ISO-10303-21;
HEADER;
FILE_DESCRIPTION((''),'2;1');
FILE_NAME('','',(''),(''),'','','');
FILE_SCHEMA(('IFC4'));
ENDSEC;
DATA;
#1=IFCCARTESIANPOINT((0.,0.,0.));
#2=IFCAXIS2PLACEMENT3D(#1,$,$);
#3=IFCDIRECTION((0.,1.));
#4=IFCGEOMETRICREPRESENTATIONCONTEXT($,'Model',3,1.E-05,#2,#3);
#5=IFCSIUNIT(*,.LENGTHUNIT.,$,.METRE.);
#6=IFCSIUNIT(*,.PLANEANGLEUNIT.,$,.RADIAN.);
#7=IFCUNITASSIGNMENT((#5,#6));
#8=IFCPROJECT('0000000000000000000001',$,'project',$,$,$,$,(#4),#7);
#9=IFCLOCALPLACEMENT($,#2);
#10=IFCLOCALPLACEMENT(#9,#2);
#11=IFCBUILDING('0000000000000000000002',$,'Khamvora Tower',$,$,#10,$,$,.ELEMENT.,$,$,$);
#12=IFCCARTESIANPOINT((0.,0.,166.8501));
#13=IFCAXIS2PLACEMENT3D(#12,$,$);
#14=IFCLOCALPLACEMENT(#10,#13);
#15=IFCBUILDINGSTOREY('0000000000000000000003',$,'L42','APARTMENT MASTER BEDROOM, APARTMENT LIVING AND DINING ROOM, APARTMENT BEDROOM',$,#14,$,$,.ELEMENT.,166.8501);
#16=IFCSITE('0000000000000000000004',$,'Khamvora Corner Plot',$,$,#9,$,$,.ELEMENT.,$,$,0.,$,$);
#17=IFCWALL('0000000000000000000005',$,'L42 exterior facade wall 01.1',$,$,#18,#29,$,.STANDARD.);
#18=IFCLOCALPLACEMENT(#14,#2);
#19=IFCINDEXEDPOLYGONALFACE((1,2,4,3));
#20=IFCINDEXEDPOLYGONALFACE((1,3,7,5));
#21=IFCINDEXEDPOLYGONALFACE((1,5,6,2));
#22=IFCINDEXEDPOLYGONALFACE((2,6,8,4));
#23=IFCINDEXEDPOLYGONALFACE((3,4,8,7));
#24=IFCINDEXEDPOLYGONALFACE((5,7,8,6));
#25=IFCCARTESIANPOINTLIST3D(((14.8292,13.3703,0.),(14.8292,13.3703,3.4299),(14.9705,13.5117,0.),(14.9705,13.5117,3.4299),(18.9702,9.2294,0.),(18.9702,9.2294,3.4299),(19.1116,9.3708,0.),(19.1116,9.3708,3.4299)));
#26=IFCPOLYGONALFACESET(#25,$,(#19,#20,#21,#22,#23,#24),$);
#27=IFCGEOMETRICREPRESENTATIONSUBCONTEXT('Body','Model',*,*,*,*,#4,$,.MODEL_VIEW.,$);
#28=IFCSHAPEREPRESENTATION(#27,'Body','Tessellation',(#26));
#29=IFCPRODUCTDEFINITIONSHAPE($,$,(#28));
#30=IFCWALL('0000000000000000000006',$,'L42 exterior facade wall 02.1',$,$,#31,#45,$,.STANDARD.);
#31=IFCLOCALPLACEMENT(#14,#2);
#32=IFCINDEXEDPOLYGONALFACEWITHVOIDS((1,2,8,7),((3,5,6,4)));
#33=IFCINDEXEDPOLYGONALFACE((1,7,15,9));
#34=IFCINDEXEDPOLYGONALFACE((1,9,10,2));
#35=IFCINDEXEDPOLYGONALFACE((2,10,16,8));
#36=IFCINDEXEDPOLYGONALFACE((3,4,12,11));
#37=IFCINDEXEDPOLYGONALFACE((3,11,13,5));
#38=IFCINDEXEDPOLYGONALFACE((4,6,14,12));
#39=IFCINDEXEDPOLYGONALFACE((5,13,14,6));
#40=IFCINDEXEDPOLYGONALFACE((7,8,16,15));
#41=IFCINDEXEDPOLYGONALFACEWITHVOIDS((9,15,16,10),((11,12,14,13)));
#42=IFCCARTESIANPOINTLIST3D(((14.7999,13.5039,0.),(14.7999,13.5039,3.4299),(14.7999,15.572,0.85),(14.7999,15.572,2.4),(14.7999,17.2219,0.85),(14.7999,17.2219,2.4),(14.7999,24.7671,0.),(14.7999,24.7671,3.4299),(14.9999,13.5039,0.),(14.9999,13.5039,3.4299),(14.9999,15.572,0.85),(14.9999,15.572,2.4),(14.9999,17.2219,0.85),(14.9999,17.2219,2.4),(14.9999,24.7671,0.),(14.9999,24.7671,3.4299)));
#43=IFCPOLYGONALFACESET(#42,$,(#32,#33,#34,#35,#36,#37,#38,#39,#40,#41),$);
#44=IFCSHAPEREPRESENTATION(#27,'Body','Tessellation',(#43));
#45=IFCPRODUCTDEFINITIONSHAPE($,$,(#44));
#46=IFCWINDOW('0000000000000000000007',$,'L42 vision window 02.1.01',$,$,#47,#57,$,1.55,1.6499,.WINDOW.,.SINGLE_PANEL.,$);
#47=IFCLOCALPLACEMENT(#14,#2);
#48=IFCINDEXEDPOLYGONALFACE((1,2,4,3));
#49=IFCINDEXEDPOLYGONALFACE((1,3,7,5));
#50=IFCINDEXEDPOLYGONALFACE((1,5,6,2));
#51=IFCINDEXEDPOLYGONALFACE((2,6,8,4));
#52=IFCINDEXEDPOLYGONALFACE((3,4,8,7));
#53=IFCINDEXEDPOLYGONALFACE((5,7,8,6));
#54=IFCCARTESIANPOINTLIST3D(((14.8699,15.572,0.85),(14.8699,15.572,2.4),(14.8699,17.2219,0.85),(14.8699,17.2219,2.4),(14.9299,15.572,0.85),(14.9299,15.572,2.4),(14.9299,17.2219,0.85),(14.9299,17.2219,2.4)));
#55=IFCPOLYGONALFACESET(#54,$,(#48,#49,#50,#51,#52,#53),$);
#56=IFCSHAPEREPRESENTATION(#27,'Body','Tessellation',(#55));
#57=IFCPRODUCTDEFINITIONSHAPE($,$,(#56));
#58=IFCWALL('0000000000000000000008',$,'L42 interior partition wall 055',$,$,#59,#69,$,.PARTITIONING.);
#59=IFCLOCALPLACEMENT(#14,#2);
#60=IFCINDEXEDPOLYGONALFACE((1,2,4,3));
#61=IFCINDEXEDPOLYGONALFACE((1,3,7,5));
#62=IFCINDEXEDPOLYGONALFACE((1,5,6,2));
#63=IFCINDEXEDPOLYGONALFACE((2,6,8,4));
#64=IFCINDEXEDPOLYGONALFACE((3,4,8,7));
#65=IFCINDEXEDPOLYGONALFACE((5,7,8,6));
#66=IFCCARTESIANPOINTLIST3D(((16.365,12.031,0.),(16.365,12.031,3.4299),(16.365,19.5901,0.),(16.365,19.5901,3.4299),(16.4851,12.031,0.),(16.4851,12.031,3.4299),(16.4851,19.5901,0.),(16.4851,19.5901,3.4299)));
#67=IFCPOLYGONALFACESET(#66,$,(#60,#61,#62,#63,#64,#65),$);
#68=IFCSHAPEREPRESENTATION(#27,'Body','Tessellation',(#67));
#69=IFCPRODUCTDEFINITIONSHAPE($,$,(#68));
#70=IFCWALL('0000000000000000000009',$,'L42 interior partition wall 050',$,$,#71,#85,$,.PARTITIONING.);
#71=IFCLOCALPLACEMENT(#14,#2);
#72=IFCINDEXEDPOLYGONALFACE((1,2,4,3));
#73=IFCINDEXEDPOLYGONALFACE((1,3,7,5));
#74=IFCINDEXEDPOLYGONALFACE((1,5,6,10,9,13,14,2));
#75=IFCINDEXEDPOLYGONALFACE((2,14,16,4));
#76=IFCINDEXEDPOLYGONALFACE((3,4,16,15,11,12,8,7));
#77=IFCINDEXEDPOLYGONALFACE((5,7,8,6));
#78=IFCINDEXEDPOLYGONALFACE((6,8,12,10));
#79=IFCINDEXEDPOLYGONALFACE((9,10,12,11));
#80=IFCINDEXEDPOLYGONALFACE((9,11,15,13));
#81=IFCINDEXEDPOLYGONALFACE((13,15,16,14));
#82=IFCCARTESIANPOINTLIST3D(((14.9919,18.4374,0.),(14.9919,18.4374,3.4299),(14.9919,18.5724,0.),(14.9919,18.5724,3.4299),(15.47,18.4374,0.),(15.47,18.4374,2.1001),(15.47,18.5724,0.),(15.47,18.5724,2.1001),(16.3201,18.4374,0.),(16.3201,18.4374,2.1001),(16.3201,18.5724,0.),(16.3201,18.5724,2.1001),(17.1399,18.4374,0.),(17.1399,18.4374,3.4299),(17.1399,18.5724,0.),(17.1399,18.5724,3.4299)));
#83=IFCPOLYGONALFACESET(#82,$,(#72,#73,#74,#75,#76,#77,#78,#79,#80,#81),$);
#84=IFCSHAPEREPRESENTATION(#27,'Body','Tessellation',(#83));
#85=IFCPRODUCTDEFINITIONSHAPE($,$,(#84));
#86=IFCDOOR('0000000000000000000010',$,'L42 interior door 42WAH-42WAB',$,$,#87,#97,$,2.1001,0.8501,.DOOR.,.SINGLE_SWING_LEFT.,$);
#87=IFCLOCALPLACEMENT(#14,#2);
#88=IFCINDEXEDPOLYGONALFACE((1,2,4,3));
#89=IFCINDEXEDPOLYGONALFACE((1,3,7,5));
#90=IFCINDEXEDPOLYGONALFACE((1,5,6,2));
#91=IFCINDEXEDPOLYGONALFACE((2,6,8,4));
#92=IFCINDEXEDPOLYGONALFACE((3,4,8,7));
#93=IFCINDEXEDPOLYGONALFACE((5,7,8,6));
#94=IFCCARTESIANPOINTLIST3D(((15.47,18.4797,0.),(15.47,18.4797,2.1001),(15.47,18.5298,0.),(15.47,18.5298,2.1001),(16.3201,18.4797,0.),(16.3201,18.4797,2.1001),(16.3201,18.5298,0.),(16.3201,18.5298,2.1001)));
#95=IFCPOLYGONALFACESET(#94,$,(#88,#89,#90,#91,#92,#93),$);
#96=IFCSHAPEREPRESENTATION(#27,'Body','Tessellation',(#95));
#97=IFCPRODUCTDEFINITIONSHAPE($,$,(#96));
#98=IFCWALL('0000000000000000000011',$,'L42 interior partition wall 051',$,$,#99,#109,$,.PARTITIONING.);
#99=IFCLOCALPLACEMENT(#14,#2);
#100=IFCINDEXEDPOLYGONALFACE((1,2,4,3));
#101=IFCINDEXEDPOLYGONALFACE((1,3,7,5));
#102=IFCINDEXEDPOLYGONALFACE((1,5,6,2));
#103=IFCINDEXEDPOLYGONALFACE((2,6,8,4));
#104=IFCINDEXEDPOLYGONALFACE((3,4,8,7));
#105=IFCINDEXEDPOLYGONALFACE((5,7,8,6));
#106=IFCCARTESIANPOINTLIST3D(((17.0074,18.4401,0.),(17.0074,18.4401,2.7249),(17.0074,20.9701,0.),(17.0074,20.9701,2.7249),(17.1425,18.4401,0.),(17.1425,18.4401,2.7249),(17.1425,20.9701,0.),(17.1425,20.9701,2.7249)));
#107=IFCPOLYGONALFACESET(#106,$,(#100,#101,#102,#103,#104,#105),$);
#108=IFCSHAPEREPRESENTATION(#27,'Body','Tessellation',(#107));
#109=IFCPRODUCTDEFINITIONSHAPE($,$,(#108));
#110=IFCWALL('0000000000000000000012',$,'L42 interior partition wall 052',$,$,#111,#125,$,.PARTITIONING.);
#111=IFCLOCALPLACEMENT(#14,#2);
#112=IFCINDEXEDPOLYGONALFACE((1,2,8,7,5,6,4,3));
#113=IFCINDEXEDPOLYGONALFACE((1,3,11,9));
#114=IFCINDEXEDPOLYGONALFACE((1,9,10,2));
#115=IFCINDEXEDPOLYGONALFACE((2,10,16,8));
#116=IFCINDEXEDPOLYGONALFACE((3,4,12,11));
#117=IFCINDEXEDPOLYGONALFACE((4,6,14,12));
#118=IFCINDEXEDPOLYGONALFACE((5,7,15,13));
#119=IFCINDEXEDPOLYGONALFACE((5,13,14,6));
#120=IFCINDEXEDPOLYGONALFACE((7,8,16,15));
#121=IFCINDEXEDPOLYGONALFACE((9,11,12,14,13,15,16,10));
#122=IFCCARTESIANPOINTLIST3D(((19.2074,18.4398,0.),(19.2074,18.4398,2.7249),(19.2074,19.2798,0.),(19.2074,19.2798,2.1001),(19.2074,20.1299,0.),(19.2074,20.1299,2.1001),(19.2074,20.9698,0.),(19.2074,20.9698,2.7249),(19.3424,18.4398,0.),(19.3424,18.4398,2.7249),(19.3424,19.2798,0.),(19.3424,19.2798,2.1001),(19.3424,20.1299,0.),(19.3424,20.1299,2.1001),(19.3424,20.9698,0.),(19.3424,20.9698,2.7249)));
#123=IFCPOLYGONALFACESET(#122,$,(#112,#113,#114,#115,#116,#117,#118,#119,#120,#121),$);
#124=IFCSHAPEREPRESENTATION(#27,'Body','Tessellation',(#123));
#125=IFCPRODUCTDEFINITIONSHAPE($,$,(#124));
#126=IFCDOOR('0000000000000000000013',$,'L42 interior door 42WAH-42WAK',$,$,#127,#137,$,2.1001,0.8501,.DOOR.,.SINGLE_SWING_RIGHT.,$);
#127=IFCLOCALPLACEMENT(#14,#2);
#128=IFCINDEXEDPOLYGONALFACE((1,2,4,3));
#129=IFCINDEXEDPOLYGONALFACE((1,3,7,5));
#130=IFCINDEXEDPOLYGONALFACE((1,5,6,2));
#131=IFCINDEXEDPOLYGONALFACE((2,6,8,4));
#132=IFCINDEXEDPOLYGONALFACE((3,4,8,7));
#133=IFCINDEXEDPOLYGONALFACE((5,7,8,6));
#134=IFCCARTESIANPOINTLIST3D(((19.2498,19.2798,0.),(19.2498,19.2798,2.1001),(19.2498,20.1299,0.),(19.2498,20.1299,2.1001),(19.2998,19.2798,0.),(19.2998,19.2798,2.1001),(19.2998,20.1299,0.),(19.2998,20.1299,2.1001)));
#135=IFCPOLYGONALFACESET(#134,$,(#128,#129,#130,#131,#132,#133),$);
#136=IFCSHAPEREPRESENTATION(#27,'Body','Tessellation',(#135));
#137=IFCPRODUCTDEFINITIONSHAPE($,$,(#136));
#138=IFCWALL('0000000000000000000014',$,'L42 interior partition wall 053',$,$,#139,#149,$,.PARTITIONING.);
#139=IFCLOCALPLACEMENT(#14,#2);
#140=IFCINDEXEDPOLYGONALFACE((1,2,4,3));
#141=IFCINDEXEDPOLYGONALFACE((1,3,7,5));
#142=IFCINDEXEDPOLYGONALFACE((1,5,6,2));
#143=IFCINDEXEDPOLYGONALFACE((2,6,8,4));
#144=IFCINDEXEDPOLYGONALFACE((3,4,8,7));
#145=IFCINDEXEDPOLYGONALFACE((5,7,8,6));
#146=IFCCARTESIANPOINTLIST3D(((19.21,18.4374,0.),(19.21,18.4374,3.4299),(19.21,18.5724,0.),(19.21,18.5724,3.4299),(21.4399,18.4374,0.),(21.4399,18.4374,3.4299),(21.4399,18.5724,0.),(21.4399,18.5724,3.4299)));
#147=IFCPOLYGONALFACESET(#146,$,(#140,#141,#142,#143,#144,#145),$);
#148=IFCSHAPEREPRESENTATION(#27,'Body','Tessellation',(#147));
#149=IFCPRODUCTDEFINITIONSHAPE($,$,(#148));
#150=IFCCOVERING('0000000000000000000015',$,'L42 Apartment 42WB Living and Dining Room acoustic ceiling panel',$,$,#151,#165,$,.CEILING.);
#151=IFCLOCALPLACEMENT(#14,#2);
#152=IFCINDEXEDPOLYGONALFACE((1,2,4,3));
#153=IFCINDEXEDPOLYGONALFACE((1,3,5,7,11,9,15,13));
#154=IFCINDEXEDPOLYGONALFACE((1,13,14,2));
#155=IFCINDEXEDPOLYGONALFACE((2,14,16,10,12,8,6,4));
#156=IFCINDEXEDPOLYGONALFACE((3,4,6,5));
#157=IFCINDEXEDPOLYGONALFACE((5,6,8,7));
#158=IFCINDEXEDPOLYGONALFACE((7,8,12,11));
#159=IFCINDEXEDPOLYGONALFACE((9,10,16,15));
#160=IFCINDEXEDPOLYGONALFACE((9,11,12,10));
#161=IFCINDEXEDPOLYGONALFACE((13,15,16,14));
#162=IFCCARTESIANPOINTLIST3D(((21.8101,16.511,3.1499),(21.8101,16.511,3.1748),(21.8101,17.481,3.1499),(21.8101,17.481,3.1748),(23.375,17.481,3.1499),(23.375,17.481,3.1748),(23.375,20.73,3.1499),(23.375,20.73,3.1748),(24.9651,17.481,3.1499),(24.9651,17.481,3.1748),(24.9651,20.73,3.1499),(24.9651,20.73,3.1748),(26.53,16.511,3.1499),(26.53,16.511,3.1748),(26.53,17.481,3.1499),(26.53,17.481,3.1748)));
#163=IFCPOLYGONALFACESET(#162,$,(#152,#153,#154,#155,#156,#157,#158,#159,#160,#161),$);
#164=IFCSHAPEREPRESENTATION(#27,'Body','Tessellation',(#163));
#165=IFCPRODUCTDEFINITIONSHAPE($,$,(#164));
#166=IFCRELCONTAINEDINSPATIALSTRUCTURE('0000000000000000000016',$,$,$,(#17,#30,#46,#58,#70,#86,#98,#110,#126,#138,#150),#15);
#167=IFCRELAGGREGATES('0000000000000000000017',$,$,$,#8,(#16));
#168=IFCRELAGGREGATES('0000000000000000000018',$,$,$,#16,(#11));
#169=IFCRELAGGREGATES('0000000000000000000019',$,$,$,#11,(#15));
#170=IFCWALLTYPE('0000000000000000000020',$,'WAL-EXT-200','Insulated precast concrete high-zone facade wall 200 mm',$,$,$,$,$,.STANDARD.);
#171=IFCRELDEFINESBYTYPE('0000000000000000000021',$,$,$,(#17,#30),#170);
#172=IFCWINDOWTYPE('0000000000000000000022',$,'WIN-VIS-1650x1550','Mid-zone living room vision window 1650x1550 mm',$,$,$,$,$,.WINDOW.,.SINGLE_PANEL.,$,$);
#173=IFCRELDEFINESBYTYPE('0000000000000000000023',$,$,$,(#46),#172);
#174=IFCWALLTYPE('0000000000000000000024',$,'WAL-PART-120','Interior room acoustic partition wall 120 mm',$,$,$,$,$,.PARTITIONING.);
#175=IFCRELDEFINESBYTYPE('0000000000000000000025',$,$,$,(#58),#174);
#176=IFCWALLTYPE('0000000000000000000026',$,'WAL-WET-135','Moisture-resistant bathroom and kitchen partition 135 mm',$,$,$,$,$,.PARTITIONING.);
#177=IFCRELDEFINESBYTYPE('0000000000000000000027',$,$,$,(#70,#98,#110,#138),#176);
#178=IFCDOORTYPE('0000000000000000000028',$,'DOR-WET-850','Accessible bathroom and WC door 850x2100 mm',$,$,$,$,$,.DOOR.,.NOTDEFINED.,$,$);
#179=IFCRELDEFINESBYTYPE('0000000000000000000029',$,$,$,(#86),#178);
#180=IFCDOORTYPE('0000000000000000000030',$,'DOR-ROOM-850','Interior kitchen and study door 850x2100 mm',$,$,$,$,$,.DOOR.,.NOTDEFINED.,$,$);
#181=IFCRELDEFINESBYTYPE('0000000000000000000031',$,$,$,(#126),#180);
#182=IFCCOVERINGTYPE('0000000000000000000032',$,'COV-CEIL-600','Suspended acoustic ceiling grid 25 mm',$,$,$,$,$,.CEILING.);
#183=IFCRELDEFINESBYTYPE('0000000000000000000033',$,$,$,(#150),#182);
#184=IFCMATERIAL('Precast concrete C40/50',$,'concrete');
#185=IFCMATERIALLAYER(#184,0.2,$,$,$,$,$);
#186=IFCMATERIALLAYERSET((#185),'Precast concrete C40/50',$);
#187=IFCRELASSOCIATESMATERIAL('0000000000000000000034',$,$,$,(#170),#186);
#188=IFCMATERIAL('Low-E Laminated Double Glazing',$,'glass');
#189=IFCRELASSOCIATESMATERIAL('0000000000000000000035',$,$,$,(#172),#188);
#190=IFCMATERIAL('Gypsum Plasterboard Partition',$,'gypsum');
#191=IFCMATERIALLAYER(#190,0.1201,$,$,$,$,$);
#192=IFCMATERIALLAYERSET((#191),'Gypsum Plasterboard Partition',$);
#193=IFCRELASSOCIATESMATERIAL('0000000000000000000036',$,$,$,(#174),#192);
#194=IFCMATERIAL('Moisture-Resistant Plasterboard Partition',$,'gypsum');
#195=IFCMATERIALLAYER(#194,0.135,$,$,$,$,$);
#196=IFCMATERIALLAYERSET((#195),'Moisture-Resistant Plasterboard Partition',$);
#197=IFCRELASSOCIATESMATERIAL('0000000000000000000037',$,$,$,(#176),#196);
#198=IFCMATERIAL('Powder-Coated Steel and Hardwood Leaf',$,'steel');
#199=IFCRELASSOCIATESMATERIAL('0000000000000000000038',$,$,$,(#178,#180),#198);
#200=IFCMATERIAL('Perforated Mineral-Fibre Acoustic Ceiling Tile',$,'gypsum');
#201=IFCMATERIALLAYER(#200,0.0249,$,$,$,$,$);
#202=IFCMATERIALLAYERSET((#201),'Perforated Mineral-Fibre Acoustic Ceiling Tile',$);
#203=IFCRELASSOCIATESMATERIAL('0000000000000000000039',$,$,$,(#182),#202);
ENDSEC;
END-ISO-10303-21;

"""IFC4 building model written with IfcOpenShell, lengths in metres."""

from ifc_helpers import new_model, si_unit, direction, frame, frame_2d, origin, place, context, subcontext, project, spatial, polyline, rectangle, outline, extrude, material, layer, layer_set, type_object, element, fill, save


model = new_model("IFC4")

# Units and contexts
model_context = context("Model", 3, precision=1e-05, world=origin(), true_north=direction((0.0, 1.0)))
body_context = subcontext(model_context, "Body", "Model", "MODEL_VIEW")
ifc_project = project(units=[si_unit("LENGTHUNIT", "METRE"), si_unit("PLANEANGLEUNIT", "RADIAN")], contexts=[model_context])

# Site, building, storey
site_placement = place(None, origin())
site = spatial("IfcSite", under=ifc_project, at=site_placement, Name="Khamvora Corner Plot", CompositionType="ELEMENT", RefElevation=0.0)
building_placement = place(site_placement, origin())
building = spatial("IfcBuilding", under=site, at=building_placement, Name="Khamvora Tower", CompositionType="ELEMENT")
storey_placement = place(building_placement, frame((0.0, 0.0, 166.8501)))
storey = spatial("IfcBuildingStorey", under=building, at=storey_placement, Name="L42", Description="APARTMENT MASTER BEDROOM, APARTMENT LIVING AND DINING ROOM, APARTMENT BEDROOM", CompositionType="ELEMENT", Elevation=166.8501)

# Shared definitions
ifc_material_1 = material(Name="Powder-Coated Steel and Hardwood Leaf", Category="steel")

# Wall
ifc_material_2 = material(Name="Precast concrete C40/50", Category="concrete")
ifc_layer_1 = layer(ifc_material_2, 0.2)
ifc_layer_set_1 = layer_set([ifc_layer_1], Name="Precast concrete C40/50")
wall_type_1 = type_object("IfcWallType", Name="WAL-EXT-200", Description="Insulated precast concrete high-zone facade wall 200 mm", PredefinedType="STANDARD", material=ifc_layer_set_1)
wall_1_placement = place(storey_placement, frame((19.041, 9.3, 0.0), z_axis=(0.0, 0.0, 1.0), x_axis=(-0.707128, 0.707086, 0.0)))
element("IfcWall", 1, at=wall_1_placement, inside=storey, type_object=wall_type_1, Name="L42 exterior facade wall 01.1", PredefinedType="STANDARD", context=body_context, shape_type="SweptSolid", body=[
    extrude(rectangle(XDim=5.8562, YDim=0.2, at=frame_2d((2.9282, 0.0))), origin(), (0.0, 0.0, 1.0), 3.4299),
])

# Wall, opening, window
wall_2_placement = place(storey_placement, frame((14.8999, 13.5039, 0.0), z_axis=(0.0, 0.0, 1.0), x_axis=(0.0, 1.0, 0.0)))
wall_2 = element("IfcWall", 2, at=wall_2_placement, inside=storey, type_object=wall_type_1, Name="L42 exterior facade wall 02.1", PredefinedType="STANDARD", context=body_context, shape_type="SweptSolid", body=[
    extrude(rectangle(XDim=11.2632, YDim=0.2, at=frame_2d((5.6316, 0.0))), origin(), (0.0, 0.0, 1.0), 3.4299),
])
opening_1_placement = place(wall_2_placement, frame((2.0681, 0.0, 0.8501)))
opening_1 = element("IfcOpeningElement", 3, at=opening_1_placement, cuts=wall_2, PredefinedType="OPENING", context=body_context, shape_type="SweptSolid", body=[
    extrude(rectangle(XDim=1.6499, YDim=1.55, at=frame_2d((0.825, 0.7749))), frame((0.0, 0.1099, 0.0), z_axis=(0.0, -1.0, 0.0), x_axis=(1.0, 0.0, 0.0)), (0.0, 0.0, 1.0), 0.22),
])
ifc_material_3 = material(Name="Low-E Laminated Double Glazing", Category="glass")
window_type = type_object("IfcWindowType", Name="WIN-VIS-1650x1550", Description="Mid-zone living room vision window 1650x1550 mm", PartitioningType="SINGLE_PANEL", PredefinedType="WINDOW", material=ifc_material_3)
window_placement = place(opening_1_placement, origin())
window = element("IfcWindow", 4, at=window_placement, inside=storey, type_object=window_type, Name="L42 vision window 02.1.01", OverallHeight=1.55, OverallWidth=1.6499, PartitioningType="SINGLE_PANEL", PredefinedType="WINDOW", context=body_context, shape_type="SweptSolid", body=[
    extrude(rectangle(XDim=1.6499, YDim=1.55, at=frame_2d((0.825, 0.7749))), frame((0.0, 0.03, 0.0), z_axis=(0.0, -1.0, 0.0), x_axis=(1.0, 0.0, 0.0)), (0.0, 0.0, 1.0), 0.0601),
])
fill(opening_1, window)

# Wall
ifc_material_4 = material(Name="Gypsum Plasterboard Partition", Category="gypsum")
ifc_layer_2 = layer(ifc_material_4, 0.1201)
ifc_layer_set_2 = layer_set([ifc_layer_2], Name="Gypsum Plasterboard Partition")
wall_type_2 = type_object("IfcWallType", Name="WAL-PART-120", Description="Interior room acoustic partition wall 120 mm", PredefinedType="PARTITIONING", material=ifc_layer_set_2)
wall_3_placement = place(storey_placement, frame((16.425, 19.5901, 0.0), z_axis=(0.0, 0.0, 1.0), x_axis=(0.0, -1.0, 0.0)))
element("IfcWall", 5, at=wall_3_placement, inside=storey, type_object=wall_type_2, Name="L42 interior partition wall 055", PredefinedType="PARTITIONING", context=body_context, shape_type="SweptSolid", body=[
    extrude(rectangle(XDim=7.5591, YDim=0.1201, at=frame_2d((3.7795, 0.0))), origin(), (0.0, 0.0, 1.0), 3.4299),
])

# Wall, opening, door
ifc_material_5 = material(Name="Moisture-Resistant Plasterboard Partition", Category="gypsum")
ifc_layer_3 = layer(ifc_material_5, 0.135)
ifc_layer_set_3 = layer_set([ifc_layer_3], Name="Moisture-Resistant Plasterboard Partition")
wall_type_3 = type_object("IfcWallType", Name="WAL-WET-135", Description="Moisture-resistant bathroom and kitchen partition 135 mm", PredefinedType="PARTITIONING", material=ifc_layer_set_3)
wall_4_placement = place(storey_placement, frame((14.9919, 18.5049, 0.0), z_axis=(0.0, 0.0, 1.0), x_axis=(1.0, 0.0, 0.0)))
wall_4 = element("IfcWall", 6, at=wall_4_placement, inside=storey, type_object=wall_type_3, Name="L42 interior partition wall 050", PredefinedType="PARTITIONING", context=body_context, shape_type="SweptSolid", body=[
    extrude(rectangle(XDim=2.1479, YDim=0.135, at=frame_2d((1.074, 0.0))), origin(), (0.0, 0.0, 1.0), 3.4299),
])
opening_2_placement = place(wall_4_placement, frame((0.478, 0.0, 0.0)))
opening_2 = element("IfcOpeningElement", 7, at=opening_2_placement, cuts=wall_4, PredefinedType="OPENING", context=body_context, shape_type="SweptSolid", body=[
    extrude(rectangle(XDim=0.8501, YDim=2.1001, at=frame_2d((0.425, 1.05))), frame((0.0, 0.0774, 0.0), z_axis=(0.0, -1.0, 0.0), x_axis=(1.0, 0.0, 0.0)), (0.0, 0.0, 1.0), 0.155),
])
door_type_1 = type_object("IfcDoorType", Name="DOR-WET-850", Description="Accessible bathroom and WC door 850x2100 mm", OperationType="NOTDEFINED", PredefinedType="DOOR", material=ifc_material_1)
door_1_placement = place(opening_2_placement, origin())
door_1 = element("IfcDoor", 8, at=door_1_placement, inside=storey, type_object=door_type_1, Name="L42 interior door 42WAH-42WAB", OperationType="SINGLE_SWING_LEFT", OverallHeight=2.1001, OverallWidth=0.8501, PredefinedType="DOOR", context=body_context, shape_type="SweptSolid", body=[
    extrude(rectangle(XDim=0.8501, YDim=2.1001, at=frame_2d((0.425, 1.05))), frame((0.0, 0.0249, 0.0), z_axis=(0.0, -1.0, 0.0), x_axis=(1.0, 0.0, 0.0)), (0.0, 0.0, 1.0), 0.05),
])
fill(opening_2, door_1)

# Wall
wall_5_placement = place(storey_placement, frame((17.075, 18.4399, 0.0), z_axis=(0.0, 0.0, 1.0), x_axis=(0.0, 1.0, 0.0)))
element("IfcWall", 9, at=wall_5_placement, inside=storey, type_object=wall_type_3, Name="L42 interior partition wall 051", PredefinedType="PARTITIONING", context=body_context, shape_type="SweptSolid", body=[
    extrude(rectangle(XDim=2.53, YDim=0.135, at=frame_2d((1.2651, 0.0))), origin(), (0.0, 0.0, 1.0), 2.7249),
])

# Wall, opening, door
wall_6_placement = place(storey_placement, frame((19.2749, 20.97, 0.0), z_axis=(0.0, 0.0, 1.0), x_axis=(0.0, -1.0, 0.0)))
wall_6 = element("IfcWall", 10, at=wall_6_placement, inside=storey, type_object=wall_type_3, Name="L42 interior partition wall 052", PredefinedType="PARTITIONING", context=body_context, shape_type="SweptSolid", body=[
    extrude(rectangle(XDim=2.53, YDim=0.135, at=frame_2d((1.2651, 0.0))), origin(), (0.0, 0.0, 1.0), 2.7249),
])
opening_3_placement = place(wall_6_placement, frame((0.8401, 0.0, 0.0)))
opening_3 = element("IfcOpeningElement", 11, at=opening_3_placement, cuts=wall_6, PredefinedType="OPENING", context=body_context, shape_type="SweptSolid", body=[
    extrude(rectangle(XDim=0.8501, YDim=2.1001, at=frame_2d((0.425, 1.05))), frame((0.0, 0.0774, 0.0), z_axis=(0.0, -1.0, 0.0), x_axis=(1.0, 0.0, 0.0)), (0.0, 0.0, 1.0), 0.155),
])
door_type_2 = type_object("IfcDoorType", Name="DOR-ROOM-850", Description="Interior kitchen and study door 850x2100 mm", OperationType="NOTDEFINED", PredefinedType="DOOR", material=ifc_material_1)
door_2_placement = place(opening_3_placement, origin())
door_2 = element("IfcDoor", 12, at=door_2_placement, inside=storey, type_object=door_type_2, Name="L42 interior door 42WAH-42WAK", OperationType="SINGLE_SWING_RIGHT", OverallHeight=2.1001, OverallWidth=0.8501, PredefinedType="DOOR", context=body_context, shape_type="SweptSolid", body=[
    extrude(rectangle(XDim=0.8501, YDim=2.1001, at=frame_2d((0.425, 1.05))), frame((0.0, 0.0249, 0.0), z_axis=(0.0, -1.0, 0.0), x_axis=(1.0, 0.0, 0.0)), (0.0, 0.0, 1.0), 0.05),
])
fill(opening_3, door_2)

# Wall
wall_7_placement = place(storey_placement, frame((19.21, 18.5049, 0.0), z_axis=(0.0, 0.0, 1.0), x_axis=(1.0, 0.0, 0.0)))
element("IfcWall", 13, at=wall_7_placement, inside=storey, type_object=wall_type_3, Name="L42 interior partition wall 053", PredefinedType="PARTITIONING", context=body_context, shape_type="SweptSolid", body=[
    extrude(rectangle(XDim=2.23, YDim=0.135, at=frame_2d((1.115, 0.0))), origin(), (0.0, 0.0, 1.0), 3.4299),
])

# Covering
ifc_material_6 = material(Name="Perforated Mineral-Fibre Acoustic Ceiling Tile", Category="gypsum")
ifc_layer_4 = layer(ifc_material_6, 0.0249)
ifc_layer_set_4 = layer_set([ifc_layer_4], Name="Perforated Mineral-Fibre Acoustic Ceiling Tile")
covering_type_1 = type_object("IfcCoveringType", Name="COV-CEIL-600", Description="Suspended acoustic ceiling grid 25 mm", PredefinedType="CEILING", material=ifc_layer_set_4)
covering_1_placement = place(storey_placement, frame((0.0, 0.0, 3.1499)))
element("IfcCovering", 14, at=covering_1_placement, inside=storey, type_object=covering_type_1, Name="L42 Apartment 42WB Living and Dining Room acoustic ceiling panel", PredefinedType="CEILING", context=body_context, shape_type="SweptSolid", body=[
    extrude(outline(polyline([(21.8101, 16.511), (21.8101, 17.481), (23.375, 17.481), (23.375, 20.73), (24.9651, 20.73), (24.9651, 17.481), (26.53, 17.481), (26.53, 16.511), (21.8101, 16.511)])), origin(), (0.0, 0.0, 1.0), 0.0249),
])

save(model, "model.ifc")
